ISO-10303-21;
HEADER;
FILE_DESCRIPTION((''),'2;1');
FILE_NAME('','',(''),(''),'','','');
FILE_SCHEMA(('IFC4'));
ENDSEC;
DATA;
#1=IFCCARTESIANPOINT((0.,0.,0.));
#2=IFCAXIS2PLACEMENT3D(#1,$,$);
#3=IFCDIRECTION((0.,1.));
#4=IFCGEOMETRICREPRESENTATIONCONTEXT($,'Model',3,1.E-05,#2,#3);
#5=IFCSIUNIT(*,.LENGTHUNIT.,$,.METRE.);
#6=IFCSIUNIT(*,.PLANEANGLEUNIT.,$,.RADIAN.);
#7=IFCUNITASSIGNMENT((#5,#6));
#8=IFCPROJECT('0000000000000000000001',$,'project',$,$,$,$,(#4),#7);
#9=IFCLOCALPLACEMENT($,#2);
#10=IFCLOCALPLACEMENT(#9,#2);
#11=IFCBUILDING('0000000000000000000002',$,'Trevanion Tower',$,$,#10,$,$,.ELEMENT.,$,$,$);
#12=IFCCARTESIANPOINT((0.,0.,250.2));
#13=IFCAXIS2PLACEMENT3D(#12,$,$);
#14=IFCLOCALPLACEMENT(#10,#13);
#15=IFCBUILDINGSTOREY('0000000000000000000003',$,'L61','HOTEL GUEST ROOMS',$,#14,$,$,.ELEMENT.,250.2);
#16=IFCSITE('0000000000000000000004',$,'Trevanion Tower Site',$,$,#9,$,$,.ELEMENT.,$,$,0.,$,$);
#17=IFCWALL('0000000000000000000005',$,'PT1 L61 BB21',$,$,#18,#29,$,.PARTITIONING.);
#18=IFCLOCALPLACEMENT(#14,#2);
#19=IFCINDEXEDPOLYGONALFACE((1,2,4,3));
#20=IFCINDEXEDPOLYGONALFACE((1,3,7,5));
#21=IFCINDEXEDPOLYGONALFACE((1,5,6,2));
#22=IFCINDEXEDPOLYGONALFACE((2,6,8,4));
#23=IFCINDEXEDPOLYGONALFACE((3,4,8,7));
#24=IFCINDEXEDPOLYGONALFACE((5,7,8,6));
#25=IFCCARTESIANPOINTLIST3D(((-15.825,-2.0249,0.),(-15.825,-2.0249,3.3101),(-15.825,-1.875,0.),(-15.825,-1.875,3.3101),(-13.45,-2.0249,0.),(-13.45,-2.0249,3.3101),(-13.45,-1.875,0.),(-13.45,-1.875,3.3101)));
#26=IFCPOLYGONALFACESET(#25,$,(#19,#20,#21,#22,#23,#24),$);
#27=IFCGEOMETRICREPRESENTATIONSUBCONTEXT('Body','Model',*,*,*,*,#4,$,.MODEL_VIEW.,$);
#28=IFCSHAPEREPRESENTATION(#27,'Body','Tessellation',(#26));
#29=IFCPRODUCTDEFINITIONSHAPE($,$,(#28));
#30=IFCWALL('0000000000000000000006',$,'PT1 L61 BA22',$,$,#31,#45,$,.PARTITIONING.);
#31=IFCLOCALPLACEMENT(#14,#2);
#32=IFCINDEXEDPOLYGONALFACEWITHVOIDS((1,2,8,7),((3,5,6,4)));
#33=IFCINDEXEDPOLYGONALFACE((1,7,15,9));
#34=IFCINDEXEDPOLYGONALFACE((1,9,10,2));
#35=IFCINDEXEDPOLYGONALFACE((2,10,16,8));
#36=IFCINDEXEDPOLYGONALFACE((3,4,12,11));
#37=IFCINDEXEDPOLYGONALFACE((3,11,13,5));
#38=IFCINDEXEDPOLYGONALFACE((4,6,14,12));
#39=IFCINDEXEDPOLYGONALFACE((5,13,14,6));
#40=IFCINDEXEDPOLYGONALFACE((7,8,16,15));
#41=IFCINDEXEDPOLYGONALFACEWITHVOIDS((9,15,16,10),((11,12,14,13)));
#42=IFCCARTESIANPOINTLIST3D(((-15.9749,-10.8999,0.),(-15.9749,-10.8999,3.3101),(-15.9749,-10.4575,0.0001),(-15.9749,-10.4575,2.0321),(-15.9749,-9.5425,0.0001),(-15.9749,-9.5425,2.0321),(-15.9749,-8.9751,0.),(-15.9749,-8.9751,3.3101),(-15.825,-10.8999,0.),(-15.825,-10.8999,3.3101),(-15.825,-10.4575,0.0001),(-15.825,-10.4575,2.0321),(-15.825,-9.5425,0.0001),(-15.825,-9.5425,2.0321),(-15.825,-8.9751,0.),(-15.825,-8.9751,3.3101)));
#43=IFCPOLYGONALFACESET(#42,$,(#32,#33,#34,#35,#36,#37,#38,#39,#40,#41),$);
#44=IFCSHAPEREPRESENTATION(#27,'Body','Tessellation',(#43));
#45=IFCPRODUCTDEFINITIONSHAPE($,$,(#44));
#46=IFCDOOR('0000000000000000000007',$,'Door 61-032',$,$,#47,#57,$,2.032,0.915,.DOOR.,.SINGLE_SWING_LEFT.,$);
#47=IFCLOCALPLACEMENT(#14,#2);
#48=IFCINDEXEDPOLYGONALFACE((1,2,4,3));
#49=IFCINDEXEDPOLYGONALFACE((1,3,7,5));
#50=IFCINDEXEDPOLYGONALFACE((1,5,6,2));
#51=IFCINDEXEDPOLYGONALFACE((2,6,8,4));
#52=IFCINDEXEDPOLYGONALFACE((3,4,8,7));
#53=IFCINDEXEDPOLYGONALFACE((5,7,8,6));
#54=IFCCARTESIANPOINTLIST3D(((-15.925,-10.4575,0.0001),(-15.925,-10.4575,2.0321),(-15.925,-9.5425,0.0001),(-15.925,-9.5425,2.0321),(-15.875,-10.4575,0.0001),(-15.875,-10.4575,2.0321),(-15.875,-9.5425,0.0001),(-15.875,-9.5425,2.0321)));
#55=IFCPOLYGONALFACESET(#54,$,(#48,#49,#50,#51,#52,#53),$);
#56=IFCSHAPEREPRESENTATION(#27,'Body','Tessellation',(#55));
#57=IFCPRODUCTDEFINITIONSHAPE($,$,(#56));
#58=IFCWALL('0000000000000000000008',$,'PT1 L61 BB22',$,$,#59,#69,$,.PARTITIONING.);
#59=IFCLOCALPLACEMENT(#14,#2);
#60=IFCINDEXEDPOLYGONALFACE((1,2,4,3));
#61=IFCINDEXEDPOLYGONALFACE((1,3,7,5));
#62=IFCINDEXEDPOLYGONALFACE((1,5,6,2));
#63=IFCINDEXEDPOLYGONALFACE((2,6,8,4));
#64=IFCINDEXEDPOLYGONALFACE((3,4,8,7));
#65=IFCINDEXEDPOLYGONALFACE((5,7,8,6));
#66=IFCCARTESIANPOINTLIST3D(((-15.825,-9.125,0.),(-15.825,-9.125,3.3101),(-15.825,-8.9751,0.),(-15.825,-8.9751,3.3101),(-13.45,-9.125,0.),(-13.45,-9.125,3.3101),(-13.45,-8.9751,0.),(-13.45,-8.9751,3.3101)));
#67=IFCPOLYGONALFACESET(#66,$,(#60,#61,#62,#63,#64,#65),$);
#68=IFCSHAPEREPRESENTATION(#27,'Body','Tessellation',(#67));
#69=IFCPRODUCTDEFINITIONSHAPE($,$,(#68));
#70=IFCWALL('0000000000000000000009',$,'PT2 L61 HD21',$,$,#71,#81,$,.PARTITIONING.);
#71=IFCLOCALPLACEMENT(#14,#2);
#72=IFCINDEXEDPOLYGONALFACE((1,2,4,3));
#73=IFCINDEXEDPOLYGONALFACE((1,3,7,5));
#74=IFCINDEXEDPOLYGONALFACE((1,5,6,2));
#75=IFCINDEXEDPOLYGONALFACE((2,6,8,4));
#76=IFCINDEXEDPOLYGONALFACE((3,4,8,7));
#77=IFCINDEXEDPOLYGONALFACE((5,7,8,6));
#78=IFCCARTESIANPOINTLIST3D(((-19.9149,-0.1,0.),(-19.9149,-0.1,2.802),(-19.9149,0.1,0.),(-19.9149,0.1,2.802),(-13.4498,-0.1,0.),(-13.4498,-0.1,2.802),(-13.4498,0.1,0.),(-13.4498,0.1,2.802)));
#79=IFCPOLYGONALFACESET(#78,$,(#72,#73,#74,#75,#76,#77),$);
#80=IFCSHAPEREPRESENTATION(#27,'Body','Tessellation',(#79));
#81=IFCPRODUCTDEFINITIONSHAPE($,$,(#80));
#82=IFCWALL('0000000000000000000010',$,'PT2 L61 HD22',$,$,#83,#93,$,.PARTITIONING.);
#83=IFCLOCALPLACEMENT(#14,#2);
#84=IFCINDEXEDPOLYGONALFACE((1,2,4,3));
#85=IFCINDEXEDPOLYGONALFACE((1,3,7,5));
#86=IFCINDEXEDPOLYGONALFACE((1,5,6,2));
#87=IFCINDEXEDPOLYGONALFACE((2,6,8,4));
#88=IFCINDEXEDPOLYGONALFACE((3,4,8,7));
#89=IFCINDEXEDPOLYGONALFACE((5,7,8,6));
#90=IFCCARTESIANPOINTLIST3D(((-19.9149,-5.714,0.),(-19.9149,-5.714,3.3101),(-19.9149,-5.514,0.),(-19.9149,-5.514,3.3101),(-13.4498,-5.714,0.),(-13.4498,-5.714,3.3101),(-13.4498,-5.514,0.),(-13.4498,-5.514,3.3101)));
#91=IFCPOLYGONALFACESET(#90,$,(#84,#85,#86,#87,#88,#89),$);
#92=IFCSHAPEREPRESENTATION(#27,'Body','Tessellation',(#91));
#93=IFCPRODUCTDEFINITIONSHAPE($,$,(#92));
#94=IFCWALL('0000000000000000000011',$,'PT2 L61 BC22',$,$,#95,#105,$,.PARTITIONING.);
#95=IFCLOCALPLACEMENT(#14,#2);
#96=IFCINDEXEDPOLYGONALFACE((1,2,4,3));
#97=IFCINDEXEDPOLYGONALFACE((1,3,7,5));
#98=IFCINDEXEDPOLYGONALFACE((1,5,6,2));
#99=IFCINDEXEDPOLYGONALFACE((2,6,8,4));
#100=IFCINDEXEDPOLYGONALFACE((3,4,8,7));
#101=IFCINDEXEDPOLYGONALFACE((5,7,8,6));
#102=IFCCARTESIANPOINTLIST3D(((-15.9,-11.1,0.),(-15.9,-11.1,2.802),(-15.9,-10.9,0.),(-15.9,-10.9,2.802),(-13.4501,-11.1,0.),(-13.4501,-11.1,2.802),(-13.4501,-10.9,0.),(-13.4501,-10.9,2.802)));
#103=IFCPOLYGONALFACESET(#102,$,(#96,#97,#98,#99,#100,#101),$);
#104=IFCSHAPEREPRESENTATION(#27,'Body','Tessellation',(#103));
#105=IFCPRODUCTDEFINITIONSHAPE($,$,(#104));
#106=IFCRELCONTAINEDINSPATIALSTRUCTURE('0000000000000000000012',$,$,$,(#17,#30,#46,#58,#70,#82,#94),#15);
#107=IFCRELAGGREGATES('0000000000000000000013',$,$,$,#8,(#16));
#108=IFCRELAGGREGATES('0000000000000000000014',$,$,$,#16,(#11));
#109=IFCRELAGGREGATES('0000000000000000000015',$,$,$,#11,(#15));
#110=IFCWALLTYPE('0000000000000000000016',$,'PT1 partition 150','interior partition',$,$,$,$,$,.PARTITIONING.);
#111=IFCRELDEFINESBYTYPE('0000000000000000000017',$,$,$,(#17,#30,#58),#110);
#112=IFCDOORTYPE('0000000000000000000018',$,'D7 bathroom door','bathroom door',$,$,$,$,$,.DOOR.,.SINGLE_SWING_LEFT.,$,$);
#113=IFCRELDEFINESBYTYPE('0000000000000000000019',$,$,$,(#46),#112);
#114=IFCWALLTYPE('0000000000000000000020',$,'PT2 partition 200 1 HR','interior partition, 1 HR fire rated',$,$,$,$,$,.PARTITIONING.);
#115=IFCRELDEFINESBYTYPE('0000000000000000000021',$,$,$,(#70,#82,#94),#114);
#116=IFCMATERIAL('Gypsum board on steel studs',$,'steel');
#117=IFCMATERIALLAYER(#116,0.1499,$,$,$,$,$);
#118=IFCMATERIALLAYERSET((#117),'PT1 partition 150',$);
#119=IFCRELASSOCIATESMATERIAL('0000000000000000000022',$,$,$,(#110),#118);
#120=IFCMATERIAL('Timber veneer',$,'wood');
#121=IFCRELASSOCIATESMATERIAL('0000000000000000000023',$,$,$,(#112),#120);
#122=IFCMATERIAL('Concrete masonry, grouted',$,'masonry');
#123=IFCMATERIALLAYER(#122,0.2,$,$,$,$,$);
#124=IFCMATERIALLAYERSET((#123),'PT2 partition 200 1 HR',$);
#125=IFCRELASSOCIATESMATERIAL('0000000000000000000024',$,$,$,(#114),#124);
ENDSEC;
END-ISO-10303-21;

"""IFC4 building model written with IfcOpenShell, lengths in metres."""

from ifc_helpers import new_model, si_unit, direction, frame, frame_2d, origin, place, context, subcontext, project, spatial, rectangle, extrude, material, layer, layer_set, type_object, element, fill, save


model = new_model("IFC4")

# Units and contexts
model_context = context("Model", 3, precision=1e-05, world=origin(), true_north=direction((0.0, 1.0)))
body_context = subcontext(model_context, "Body", "Model", "MODEL_VIEW")
ifc_project = project(units=[si_unit("LENGTHUNIT", "METRE"), si_unit("PLANEANGLEUNIT", "RADIAN")], contexts=[model_context])

# Site, building, storey
site_placement = place(None, origin())
site = spatial("IfcSite", under=ifc_project, at=site_placement, Name="Trevanion Tower Site", CompositionType="ELEMENT", RefElevation=0.0)
building_placement = place(site_placement, origin())
building = spatial("IfcBuilding", under=site, at=building_placement, Name="Trevanion Tower", CompositionType="ELEMENT")
storey_placement = place(building_placement, frame((0.0, 0.0, 250.2)))
storey = spatial("IfcBuildingStorey", under=building, at=storey_placement, Name="L61", Description="HOTEL GUEST ROOMS", CompositionType="ELEMENT", Elevation=250.2)

# Shared definitions
ifc_material_1 = material(Name="Gypsum board on steel studs", Category="steel")
ifc_layer_1 = layer(ifc_material_1, 0.1499)
ifc_layer_set_1 = layer_set([ifc_layer_1], Name="PT1 partition 150")
wall_type_1 = type_object("IfcWallType", Name="PT1 partition 150", Description="interior partition", PredefinedType="PARTITIONING", material=ifc_layer_set_1)
ifc_material_2 = material(Name="Timber veneer", Category="wood")
door_type = type_object("IfcDoorType", Name="D7 bathroom door", Description="bathroom door", OperationType="SINGLE_SWING_LEFT", PredefinedType="DOOR", material=ifc_material_2)

# Wall
wall_1_placement = place(storey_placement, frame((-13.45, -1.95, 0.0), z_axis=(0.0, 0.0, 1.0), x_axis=(-1.0, 0.0, 0.0)))
element("IfcWall", 1, at=wall_1_placement, inside=storey, type_object=wall_type_1, Name="PT1 L61 BB21", PredefinedType="PARTITIONING", context=body_context, shape_type="SweptSolid", body=[
    extrude(rectangle(XDim=2.375, YDim=0.1499, at=frame_2d((1.1875, 0.0))), origin(), (0.0, 0.0, 1.0), 3.3101),
])

# Wall, opening, door
wall_2_placement = place(storey_placement, frame((-15.8999, -8.9751, 0.0), z_axis=(0.0, 0.0, 1.0), x_axis=(0.0, -1.0, 0.0)))
wall_2 = element("IfcWall", 2, at=wall_2_placement, inside=storey, type_object=wall_type_1, Name="PT1 L61 BA22", PredefinedType="PARTITIONING", context=body_context, shape_type="SweptSolid", body=[
    extrude(rectangle(XDim=1.9248, YDim=0.1499, at=frame_2d((0.9624, 0.0))), origin(), (0.0, 0.0, 1.0), 3.3101),
])
opening_1_placement = place(wall_2_placement, frame((0.5674, 0.0, 0.0)))
opening_1 = element("IfcOpeningElement", 3, at=opening_1_placement, cuts=wall_2, PredefinedType="OPENING", context=body_context, shape_type="SweptSolid", body=[
    extrude(rectangle(XDim=0.915, YDim=2.032, at=frame_2d((0.4575, 1.0161))), frame((0.0, 0.085, 0.0), z_axis=(0.0, -1.0, 0.0), x_axis=(1.0, 0.0, 0.0)), (0.0, 0.0, 1.0), 0.1699),
])
door_1_placement = place(opening_1_placement, origin())
door_1 = element("IfcDoor", 4, at=door_1_placement, inside=storey, type_object=door_type, Name="Door 61-032", OperationType="SINGLE_SWING_LEFT", OverallHeight=2.032, OverallWidth=0.915, PredefinedType="DOOR", context=body_context, shape_type="SweptSolid", body=[
    extrude(rectangle(XDim=0.915, YDim=2.032, at=frame_2d((0.4575, 1.0161))), frame((0.0, 0.0249, 0.0), z_axis=(0.0, -1.0, 0.0), x_axis=(1.0, 0.0, 0.0)), (0.0, 0.0, 1.0), 0.05),
])
fill(opening_1, door_1)

# Walls
wall_3_placement = place(storey_placement, frame((-13.45, -9.05, 0.0), z_axis=(0.0, 0.0, 1.0), x_axis=(-1.0, 0.0, 0.0)))
element("IfcWall", 5, at=wall_3_placement, inside=storey, type_object=wall_type_1, Name="PT1 L61 BB22", PredefinedType="PARTITIONING", context=body_context, shape_type="SweptSolid", body=[
    extrude(rectangle(XDim=2.375, YDim=0.1499, at=frame_2d((1.1875, 0.0))), origin(), (0.0, 0.0, 1.0), 3.3101),
])
ifc_material_3 = material(Name="Concrete masonry, grouted", Category="masonry")
ifc_layer_2 = layer(ifc_material_3, 0.2)
ifc_layer_set_2 = layer_set([ifc_layer_2], Name="PT2 partition 200 1 HR")
wall_type_2 = type_object("IfcWallType", Name="PT2 partition 200 1 HR", Description="interior partition, 1 HR fire rated", PredefinedType="PARTITIONING", material=ifc_layer_set_2)
wall_4_placement = place(storey_placement, frame((-13.45, 0.0, 0.0), z_axis=(0.0, 0.0, 1.0), x_axis=(-1.0, 0.0, 0.0)))
element("IfcWall", 6, at=wall_4_placement, inside=storey, type_object=wall_type_2, Name="PT2 L61 HD21", PredefinedType="PARTITIONING", context=body_context, shape_type="SweptSolid", body=[
    extrude(rectangle(XDim=6.4651, YDim=0.2, at=frame_2d((3.2324, 0.0))), origin(), (0.0, 0.0, 1.0), 2.802),
])
wall_5_placement = place(storey_placement, frame((-13.45, -5.614, 0.0), z_axis=(0.0, 0.0, 1.0), x_axis=(-1.0, 0.0, 0.0)))
element("IfcWall", 7, at=wall_5_placement, inside=storey, type_object=wall_type_2, Name="PT2 L61 HD22", PredefinedType="PARTITIONING", context=body_context, shape_type="SweptSolid", body=[
    extrude(rectangle(XDim=6.4651, YDim=0.2, at=frame_2d((3.2324, 0.0))), origin(), (0.0, 0.0, 1.0), 3.3101),
])
wall_6_placement = place(storey_placement, frame((-13.45, -11.0, 0.0), z_axis=(0.0, 0.0, 1.0), x_axis=(-1.0, 0.0, 0.0)))
element("IfcWall", 8, at=wall_6_placement, inside=storey, type_object=wall_type_2, Name="PT2 L61 BC22", PredefinedType="PARTITIONING", context=body_context, shape_type="SweptSolid", body=[
    extrude(rectangle(XDim=2.45, YDim=0.2, at=frame_2d((1.2251, 0.0))), origin(), (0.0, 0.0, 1.0), 2.802),
])

save(model, "model.ifc")
